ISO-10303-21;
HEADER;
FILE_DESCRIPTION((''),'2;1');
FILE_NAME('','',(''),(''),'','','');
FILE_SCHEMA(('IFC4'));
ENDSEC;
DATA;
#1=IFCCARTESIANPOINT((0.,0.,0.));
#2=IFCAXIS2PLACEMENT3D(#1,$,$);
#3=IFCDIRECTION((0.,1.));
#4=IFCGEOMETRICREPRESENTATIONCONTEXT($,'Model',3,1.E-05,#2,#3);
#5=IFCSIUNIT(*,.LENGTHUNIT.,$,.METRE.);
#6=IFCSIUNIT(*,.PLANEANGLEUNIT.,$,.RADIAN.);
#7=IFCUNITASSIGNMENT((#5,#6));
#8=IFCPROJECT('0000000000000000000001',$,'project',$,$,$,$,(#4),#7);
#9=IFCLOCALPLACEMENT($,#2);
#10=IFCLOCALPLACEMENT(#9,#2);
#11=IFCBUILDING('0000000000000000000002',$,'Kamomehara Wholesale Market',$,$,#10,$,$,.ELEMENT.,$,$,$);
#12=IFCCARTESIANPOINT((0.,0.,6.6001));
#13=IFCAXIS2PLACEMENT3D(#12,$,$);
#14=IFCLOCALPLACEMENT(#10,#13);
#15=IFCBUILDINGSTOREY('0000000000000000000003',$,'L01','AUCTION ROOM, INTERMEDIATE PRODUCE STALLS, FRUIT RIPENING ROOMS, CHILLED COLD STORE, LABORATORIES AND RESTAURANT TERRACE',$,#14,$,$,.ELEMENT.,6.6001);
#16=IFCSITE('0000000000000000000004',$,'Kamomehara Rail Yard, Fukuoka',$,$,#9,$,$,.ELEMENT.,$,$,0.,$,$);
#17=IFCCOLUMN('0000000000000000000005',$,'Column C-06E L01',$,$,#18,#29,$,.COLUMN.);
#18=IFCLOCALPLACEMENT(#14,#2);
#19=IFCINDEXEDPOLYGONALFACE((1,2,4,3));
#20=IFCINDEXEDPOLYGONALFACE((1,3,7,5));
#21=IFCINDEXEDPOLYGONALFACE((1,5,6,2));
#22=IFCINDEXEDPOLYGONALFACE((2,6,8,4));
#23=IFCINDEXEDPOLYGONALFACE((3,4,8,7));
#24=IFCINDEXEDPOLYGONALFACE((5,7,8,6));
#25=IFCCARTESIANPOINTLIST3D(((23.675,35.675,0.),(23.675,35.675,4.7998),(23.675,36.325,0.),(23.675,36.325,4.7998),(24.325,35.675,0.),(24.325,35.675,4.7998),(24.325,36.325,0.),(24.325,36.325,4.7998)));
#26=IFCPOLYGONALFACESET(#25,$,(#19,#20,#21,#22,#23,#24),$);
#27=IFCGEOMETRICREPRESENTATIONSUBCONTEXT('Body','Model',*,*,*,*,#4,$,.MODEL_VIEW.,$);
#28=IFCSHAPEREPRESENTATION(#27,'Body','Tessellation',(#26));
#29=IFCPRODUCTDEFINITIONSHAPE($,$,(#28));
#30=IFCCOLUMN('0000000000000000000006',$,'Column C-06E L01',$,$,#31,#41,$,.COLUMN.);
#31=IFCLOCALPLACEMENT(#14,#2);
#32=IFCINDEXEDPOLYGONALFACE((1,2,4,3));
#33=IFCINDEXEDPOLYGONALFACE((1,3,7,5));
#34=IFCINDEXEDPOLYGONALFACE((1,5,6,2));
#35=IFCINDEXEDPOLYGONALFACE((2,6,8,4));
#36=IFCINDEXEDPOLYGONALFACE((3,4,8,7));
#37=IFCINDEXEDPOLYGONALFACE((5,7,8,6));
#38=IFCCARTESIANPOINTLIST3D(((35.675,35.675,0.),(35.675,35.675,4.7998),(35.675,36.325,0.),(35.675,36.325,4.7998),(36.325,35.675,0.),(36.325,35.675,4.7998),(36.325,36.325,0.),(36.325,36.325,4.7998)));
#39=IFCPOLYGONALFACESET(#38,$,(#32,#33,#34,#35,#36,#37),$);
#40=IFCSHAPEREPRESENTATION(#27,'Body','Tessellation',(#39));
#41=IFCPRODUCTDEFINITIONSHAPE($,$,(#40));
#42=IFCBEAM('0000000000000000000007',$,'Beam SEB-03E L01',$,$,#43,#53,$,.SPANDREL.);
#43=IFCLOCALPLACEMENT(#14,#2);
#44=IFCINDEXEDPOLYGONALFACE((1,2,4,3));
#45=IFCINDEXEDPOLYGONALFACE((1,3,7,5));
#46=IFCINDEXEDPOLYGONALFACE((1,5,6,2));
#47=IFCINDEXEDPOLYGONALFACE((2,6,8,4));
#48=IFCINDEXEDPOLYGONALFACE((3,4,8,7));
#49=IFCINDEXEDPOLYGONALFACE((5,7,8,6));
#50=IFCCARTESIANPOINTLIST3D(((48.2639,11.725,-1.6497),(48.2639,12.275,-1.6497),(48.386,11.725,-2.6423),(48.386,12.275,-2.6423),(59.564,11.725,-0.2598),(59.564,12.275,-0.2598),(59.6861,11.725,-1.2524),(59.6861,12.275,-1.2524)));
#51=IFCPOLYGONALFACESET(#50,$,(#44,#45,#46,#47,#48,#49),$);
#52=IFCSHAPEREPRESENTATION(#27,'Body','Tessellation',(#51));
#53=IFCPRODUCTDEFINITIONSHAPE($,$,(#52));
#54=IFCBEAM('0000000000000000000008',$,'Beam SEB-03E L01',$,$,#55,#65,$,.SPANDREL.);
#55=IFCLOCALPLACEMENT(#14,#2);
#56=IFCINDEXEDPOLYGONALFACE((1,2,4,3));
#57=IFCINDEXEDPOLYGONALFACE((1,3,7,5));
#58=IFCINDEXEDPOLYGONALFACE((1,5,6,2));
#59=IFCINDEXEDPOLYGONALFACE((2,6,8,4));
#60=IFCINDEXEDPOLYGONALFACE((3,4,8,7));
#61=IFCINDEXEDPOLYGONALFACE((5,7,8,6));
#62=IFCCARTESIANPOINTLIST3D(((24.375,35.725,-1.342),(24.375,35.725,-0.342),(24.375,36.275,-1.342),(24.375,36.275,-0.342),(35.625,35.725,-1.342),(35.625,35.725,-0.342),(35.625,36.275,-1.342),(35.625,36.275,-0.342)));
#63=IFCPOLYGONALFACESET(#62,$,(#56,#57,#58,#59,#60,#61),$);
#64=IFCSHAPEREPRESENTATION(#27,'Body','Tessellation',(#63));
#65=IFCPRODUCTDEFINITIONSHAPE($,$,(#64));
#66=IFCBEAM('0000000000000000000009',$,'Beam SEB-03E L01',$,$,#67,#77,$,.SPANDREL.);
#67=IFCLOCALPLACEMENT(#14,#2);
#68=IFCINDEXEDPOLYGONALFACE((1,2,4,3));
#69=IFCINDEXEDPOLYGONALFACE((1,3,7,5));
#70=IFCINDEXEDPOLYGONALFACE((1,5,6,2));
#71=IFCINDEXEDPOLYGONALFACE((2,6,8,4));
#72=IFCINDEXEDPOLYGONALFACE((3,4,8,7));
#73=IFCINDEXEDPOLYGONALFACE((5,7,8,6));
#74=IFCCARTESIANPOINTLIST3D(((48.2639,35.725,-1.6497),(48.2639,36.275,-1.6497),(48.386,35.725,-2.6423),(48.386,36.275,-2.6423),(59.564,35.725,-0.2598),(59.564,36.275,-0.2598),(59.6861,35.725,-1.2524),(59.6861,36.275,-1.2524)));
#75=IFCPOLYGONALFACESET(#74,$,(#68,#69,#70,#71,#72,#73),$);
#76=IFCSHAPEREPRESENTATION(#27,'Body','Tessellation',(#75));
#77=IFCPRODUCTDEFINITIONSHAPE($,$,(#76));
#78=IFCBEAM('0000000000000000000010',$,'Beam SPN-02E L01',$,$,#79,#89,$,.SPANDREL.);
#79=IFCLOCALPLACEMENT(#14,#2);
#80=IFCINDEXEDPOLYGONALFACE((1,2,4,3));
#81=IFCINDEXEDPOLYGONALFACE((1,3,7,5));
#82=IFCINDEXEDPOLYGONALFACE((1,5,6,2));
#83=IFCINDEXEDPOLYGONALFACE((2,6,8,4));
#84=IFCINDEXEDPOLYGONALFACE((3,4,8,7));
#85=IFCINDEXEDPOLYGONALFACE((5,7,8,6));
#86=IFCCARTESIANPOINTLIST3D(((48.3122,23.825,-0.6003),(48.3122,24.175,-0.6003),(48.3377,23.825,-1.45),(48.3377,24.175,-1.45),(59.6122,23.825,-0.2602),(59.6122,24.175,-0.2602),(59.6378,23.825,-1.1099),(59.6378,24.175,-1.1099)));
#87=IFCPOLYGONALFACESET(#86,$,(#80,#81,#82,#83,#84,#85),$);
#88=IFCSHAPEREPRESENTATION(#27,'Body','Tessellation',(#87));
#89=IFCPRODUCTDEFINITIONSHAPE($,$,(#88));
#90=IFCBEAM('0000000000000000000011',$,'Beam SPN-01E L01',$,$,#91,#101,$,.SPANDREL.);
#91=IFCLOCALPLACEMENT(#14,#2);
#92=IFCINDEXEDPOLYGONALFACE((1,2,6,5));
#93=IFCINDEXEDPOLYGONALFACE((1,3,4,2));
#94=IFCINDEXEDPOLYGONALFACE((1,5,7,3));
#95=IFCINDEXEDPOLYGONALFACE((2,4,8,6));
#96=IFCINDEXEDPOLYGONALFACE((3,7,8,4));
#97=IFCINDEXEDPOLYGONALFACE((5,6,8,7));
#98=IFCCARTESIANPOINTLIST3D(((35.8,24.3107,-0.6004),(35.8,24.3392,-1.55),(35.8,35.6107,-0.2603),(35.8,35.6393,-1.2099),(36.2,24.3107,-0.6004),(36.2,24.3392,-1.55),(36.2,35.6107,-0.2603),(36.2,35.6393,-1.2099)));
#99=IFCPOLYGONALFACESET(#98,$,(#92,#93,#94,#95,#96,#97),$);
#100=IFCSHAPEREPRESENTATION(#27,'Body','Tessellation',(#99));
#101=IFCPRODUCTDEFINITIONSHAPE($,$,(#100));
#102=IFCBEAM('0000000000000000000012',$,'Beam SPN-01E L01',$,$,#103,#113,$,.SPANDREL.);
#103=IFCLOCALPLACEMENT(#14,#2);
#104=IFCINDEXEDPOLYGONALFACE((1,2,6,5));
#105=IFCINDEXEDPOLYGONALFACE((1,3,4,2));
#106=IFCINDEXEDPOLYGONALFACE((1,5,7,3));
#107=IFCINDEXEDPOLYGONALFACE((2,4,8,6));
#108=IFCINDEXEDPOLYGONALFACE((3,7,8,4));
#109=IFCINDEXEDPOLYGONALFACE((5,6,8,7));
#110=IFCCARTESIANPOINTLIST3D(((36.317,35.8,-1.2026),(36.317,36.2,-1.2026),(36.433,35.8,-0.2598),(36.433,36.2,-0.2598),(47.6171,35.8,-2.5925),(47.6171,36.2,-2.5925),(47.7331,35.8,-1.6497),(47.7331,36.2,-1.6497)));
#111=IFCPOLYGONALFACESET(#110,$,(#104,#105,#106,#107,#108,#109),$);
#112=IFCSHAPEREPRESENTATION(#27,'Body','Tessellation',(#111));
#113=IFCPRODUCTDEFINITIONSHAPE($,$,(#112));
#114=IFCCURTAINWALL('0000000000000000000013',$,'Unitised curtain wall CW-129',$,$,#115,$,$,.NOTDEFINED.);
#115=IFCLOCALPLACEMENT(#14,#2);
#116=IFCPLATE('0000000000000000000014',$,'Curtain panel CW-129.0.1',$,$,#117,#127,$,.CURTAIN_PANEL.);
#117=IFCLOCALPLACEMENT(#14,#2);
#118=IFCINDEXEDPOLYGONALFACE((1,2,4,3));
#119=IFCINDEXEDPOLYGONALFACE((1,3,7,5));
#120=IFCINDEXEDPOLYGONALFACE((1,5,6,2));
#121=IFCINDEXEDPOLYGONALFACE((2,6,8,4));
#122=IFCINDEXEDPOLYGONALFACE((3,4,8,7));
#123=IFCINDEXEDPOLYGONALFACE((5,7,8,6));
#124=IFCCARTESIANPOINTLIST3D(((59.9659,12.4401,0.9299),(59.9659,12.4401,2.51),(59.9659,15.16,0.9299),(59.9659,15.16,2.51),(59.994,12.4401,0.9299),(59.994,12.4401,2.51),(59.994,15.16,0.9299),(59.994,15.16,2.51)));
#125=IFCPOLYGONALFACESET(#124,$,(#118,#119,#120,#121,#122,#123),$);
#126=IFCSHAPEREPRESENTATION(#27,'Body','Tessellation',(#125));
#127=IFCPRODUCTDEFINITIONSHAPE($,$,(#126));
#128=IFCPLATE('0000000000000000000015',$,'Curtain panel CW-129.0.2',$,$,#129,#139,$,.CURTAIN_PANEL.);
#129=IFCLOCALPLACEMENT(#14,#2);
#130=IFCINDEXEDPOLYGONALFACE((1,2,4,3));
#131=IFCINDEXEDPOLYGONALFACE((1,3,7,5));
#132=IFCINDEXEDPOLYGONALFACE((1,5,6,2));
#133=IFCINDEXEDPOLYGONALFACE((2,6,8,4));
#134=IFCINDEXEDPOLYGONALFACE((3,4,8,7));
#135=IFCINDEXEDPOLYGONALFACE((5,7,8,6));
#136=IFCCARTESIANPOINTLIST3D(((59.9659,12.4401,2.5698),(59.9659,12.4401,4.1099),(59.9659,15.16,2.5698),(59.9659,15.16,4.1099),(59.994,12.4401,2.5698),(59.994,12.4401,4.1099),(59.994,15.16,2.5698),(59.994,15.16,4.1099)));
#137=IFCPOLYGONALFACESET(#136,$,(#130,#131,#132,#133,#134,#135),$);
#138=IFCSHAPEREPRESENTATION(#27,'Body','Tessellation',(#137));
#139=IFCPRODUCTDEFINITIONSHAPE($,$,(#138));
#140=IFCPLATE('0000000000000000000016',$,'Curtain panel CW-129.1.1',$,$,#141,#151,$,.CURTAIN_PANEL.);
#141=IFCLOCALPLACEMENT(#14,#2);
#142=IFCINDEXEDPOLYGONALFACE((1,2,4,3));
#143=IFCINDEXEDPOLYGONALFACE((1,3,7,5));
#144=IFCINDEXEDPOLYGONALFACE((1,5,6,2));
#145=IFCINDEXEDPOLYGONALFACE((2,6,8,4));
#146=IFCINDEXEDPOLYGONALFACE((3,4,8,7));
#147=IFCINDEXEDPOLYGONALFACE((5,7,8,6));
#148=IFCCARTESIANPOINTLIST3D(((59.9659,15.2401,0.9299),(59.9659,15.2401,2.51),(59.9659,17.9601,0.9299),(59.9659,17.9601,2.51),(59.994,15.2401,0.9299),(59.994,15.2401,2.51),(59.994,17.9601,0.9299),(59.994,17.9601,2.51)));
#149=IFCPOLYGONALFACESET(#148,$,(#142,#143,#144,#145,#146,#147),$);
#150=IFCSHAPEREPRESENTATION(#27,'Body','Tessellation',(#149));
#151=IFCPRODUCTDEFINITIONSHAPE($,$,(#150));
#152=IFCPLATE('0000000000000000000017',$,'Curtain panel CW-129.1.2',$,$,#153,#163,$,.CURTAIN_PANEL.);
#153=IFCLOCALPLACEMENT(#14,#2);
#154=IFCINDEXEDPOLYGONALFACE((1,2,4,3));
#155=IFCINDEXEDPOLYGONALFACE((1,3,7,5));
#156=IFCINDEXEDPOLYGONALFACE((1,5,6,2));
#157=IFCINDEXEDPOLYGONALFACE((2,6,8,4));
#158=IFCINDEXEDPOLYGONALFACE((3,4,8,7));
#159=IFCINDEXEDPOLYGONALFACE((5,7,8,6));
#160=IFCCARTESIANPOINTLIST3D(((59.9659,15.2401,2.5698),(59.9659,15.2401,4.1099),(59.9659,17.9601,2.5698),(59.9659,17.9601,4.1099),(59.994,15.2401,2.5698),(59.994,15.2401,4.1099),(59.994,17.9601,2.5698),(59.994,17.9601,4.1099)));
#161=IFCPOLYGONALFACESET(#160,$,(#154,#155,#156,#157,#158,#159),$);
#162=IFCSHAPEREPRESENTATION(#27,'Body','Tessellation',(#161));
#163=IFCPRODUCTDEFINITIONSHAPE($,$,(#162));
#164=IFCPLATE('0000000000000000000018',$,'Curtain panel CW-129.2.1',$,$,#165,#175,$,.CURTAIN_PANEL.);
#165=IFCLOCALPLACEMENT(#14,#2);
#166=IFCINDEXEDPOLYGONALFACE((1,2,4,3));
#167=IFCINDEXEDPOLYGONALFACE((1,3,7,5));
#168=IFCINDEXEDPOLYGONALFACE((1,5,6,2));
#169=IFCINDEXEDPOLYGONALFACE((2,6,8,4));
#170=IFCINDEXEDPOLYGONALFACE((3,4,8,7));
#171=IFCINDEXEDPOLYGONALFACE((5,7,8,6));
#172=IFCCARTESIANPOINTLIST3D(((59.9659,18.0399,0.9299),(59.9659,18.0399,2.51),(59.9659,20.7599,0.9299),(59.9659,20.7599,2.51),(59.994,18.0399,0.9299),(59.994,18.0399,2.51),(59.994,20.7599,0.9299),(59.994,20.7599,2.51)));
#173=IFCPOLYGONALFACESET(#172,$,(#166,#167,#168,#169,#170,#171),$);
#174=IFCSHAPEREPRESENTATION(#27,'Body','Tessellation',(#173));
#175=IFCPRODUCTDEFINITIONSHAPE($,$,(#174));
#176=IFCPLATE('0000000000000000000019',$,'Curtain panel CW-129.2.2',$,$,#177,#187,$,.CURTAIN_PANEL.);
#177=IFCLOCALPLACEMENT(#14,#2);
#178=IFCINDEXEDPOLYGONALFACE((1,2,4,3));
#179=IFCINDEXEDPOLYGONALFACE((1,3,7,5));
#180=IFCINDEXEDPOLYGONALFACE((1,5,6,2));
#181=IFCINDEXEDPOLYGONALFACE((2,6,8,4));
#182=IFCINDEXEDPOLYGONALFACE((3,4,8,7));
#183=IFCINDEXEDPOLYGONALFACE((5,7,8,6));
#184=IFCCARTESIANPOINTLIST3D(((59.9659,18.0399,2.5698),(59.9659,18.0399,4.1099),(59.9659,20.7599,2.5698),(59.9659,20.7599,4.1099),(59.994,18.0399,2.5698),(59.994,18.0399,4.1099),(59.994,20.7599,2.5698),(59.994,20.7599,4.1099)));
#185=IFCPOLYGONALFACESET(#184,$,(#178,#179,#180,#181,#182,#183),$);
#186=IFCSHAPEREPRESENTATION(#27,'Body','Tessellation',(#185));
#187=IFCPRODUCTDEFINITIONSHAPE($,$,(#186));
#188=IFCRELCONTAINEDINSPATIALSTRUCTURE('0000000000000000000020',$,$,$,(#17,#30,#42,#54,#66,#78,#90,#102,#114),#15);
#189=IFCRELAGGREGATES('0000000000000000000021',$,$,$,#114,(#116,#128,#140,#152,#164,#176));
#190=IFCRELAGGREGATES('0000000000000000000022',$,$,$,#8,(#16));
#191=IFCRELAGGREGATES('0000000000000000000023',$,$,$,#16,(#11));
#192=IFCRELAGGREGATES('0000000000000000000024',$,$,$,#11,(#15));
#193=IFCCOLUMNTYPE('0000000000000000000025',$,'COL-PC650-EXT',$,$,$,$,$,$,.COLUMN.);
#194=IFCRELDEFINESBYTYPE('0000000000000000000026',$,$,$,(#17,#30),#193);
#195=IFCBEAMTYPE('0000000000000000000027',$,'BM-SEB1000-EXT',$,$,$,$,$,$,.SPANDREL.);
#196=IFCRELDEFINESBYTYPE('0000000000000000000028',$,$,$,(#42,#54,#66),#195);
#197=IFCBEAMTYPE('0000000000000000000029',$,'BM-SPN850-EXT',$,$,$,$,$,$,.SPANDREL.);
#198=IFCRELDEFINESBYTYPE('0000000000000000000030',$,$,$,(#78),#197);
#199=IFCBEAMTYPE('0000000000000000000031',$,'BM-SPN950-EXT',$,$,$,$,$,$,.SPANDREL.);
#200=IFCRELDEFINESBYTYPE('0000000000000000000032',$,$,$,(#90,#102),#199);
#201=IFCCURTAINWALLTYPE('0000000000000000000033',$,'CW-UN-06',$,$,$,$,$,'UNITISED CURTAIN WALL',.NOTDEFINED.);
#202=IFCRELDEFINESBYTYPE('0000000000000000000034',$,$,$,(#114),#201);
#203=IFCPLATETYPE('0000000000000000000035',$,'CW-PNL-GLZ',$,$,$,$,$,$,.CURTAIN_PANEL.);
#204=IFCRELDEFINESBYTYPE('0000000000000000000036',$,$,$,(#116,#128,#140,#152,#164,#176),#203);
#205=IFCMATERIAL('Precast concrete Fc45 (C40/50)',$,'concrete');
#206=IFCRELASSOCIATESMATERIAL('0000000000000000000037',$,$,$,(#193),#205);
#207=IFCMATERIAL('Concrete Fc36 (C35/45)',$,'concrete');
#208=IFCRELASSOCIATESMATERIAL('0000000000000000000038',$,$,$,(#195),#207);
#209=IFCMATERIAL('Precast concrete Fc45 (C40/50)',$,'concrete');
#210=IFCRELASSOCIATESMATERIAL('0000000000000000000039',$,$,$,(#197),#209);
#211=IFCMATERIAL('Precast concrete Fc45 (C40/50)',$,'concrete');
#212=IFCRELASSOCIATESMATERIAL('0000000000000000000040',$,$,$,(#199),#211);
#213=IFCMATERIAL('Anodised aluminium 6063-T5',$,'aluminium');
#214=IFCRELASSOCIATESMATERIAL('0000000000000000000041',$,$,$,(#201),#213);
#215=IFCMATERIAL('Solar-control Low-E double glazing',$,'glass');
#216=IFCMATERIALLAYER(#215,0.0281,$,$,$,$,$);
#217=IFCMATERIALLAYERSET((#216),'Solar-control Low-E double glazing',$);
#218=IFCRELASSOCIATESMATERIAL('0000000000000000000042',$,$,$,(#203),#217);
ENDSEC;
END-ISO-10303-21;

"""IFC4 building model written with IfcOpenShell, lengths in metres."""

from ifc_helpers import new_model, si_unit, direction, frame, origin, origin_2d, place, context, subcontext, project, spatial, rectangle, extrude, material, layer, layer_set, material_profile, profile_set, type_object, element, aggregate, save


model = new_model("IFC4")

# Units and contexts
model_context = context("Model", 3, precision=1e-05, world=origin(), true_north=direction((0.0, 1.0)))
body_context = subcontext(model_context, "Body", "Model", "MODEL_VIEW")
ifc_project = project(units=[si_unit("LENGTHUNIT", "METRE"), si_unit("PLANEANGLEUNIT", "RADIAN")], contexts=[model_context])

# Site, building, storey
site_placement = place(None, origin())
site = spatial("IfcSite", under=ifc_project, at=site_placement, Name="Kamomehara Rail Yard, Fukuoka", CompositionType="ELEMENT", RefElevation=0.0)
building_placement = place(site_placement, origin())
building = spatial("IfcBuilding", under=site, at=building_placement, Name="Kamomehara Wholesale Market", CompositionType="ELEMENT")
storey_placement = place(building_placement, frame((0.0, 0.0, 6.6001)))
storey = spatial("IfcBuildingStorey", under=building, at=storey_placement, Name="L01", Description="AUCTION ROOM, INTERMEDIATE PRODUCE STALLS, FRUIT RIPENING ROOMS, CHILLED COLD STORE, LABORATORIES AND RESTAURANT TERRACE", CompositionType="ELEMENT", Elevation=6.6001)

# Columns
ifc_material_1 = material(Name="Precast concrete Fc45 (C40/50)", Category="concrete")
ifc_material_profile_1 = material_profile(ifc_material_1, rectangle(XDim=0.6499, YDim=0.6499, at=origin_2d()), Name="PC-COL-650x650")
ifc_profile_set_1 = profile_set([ifc_material_profile_1], Name="Precast concrete Fc45 (C40/50)")
column_type = type_object("IfcColumnType", Name="COL-PC650-EXT", PredefinedType="COLUMN", material=ifc_profile_set_1)
for number, where, z_axis, x_axis, name in (
    (1, (24.0, 36.0, 0.0), (0.0, 0.0, 1.0), (1.0, 0.0, 0.0), "Column C-06E L01"),
    (2, (36.0, 36.0, 0.0), (0.0, 0.0, 1.0), (1.0, 0.0, 0.0), "Column C-06E L01"),
):
    element("IfcColumn", number, at=place(storey_placement, frame(where, z_axis=z_axis, x_axis=x_axis)), inside=storey, type_object=column_type, Name=name, PredefinedType="COLUMN", context=body_context, shape_type="SweptSolid", body=[
        extrude(rectangle(XDim=0.6499, YDim=0.6499, at=origin_2d()), origin(), (0.0, 0.0, 1.0), 4.7998),
    ])

# Beams
ifc_material_2 = material(Name="Concrete Fc36 (C35/45)", Category="concrete")
ifc_material_profile_2 = material_profile(ifc_material_2, rectangle(XDim=0.55, YDim=1.0, at=origin_2d()), Name="RC-SEB-550x1000")
ifc_profile_set_2 = profile_set([ifc_material_profile_2], Name="Concrete Fc36 (C35/45)")
beam_type_1 = type_object("IfcBeamType", Name="BM-SEB1000-EXT", PredefinedType="SPANDREL", material=ifc_profile_set_2)
beam_1_placement = place(storey_placement, frame((48.325, 12.0, -2.146), z_axis=(0.99252, 0.0, 0.122079), x_axis=(0.0, 1.0, 0.0)))
element("IfcBeam", 3, at=beam_1_placement, inside=storey, type_object=beam_type_1, Name="Beam SEB-03E L01", PredefinedType="SPANDREL", context=body_context, shape_type="SweptSolid", body=[
    extrude(rectangle(XDim=0.55, YDim=1.0, at=origin_2d()), origin(), (0.0, 0.0, 1.0), 11.3853),
])
beam_2_placement = place(storey_placement, frame((24.375, 36.0, -0.842), z_axis=(1.0, 0.0, 0.0), x_axis=(0.0, 1.0, 0.0)))
element("IfcBeam", 4, at=beam_2_placement, inside=storey, type_object=beam_type_1, Name="Beam SEB-03E L01", PredefinedType="SPANDREL", context=body_context, shape_type="SweptSolid", body=[
    extrude(rectangle(XDim=0.55, YDim=1.0, at=origin_2d()), origin(), (0.0, 0.0, 1.0), 11.25),
])
beam_3_placement = place(storey_placement, frame((48.325, 36.0, -2.146), z_axis=(0.99252, 0.0, 0.122079), x_axis=(0.0, 1.0, 0.0)))
element("IfcBeam", 5, at=beam_3_placement, inside=storey, type_object=beam_type_1, Name="Beam SEB-03E L01", PredefinedType="SPANDREL", context=body_context, shape_type="SweptSolid", body=[
    extrude(rectangle(XDim=0.55, YDim=1.0, at=origin_2d()), origin(), (0.0, 0.0, 1.0), 11.3853),
])
ifc_material_3 = material(Name="Precast concrete Fc45 (C40/50)", Category="concrete")
ifc_material_profile_3 = material_profile(ifc_material_3, rectangle(XDim=0.3501, YDim=0.8501, at=origin_2d()), Name="PC-SPN-350x850")
ifc_profile_set_3 = profile_set([ifc_material_profile_3], Name="Precast concrete Fc45 (C40/50)")
beam_type_2 = type_object("IfcBeamType", Name="BM-SPN850-EXT", PredefinedType="SPANDREL", material=ifc_profile_set_3)
beam_4_placement = place(storey_placement, frame((48.325, 24.0, -1.0251), z_axis=(0.999547, 0.0, 0.030083), x_axis=(0.0, 1.0, 0.0)))
element("IfcBeam", 6, at=beam_4_placement, inside=storey, type_object=beam_type_2, Name="Beam SPN-02E L01", PredefinedType="SPANDREL", context=body_context, shape_type="SweptSolid", body=[
    extrude(rectangle(XDim=0.3501, YDim=0.8501, at=origin_2d()), origin(), (0.0, 0.0, 1.0), 11.3052),
])
ifc_material_4 = material(Name="Precast concrete Fc45 (C40/50)", Category="concrete")
ifc_material_profile_4 = material_profile(ifc_material_4, rectangle(XDim=0.3999, YDim=0.95, at=origin_2d()), Name="PC-SPN-400x950")
ifc_profile_set_4 = profile_set([ifc_material_profile_4], Name="Precast concrete Fc45 (C40/50)")
beam_type_3 = type_object("IfcBeamType", Name="BM-SPN950-EXT", PredefinedType="SPANDREL", material=ifc_profile_set_4)
beam_5_placement = place(storey_placement, frame((36.0, 24.325, -1.0752), z_axis=(0.0, 0.999547, 0.030083), x_axis=(-1.0, 0.0, 0.0)))
element("IfcBeam", 7, at=beam_5_placement, inside=storey, type_object=beam_type_3, Name="Beam SPN-01E L01", PredefinedType="SPANDREL", context=body_context, shape_type="SweptSolid", body=[
    extrude(rectangle(XDim=0.3999, YDim=0.95, at=origin_2d()), origin(), (0.0, 0.0, 1.0), 11.3052),
])
beam_6_placement = place(storey_placement, frame((36.375, 36.0, -0.7312), z_axis=(0.99252, 0.0, -0.122079), x_axis=(0.0, 1.0, 0.0)))
element("IfcBeam", 8, at=beam_6_placement, inside=storey, type_object=beam_type_3, Name="Beam SPN-01E L01", PredefinedType="SPANDREL", context=body_context, shape_type="SweptSolid", body=[
    extrude(rectangle(XDim=0.3999, YDim=0.95, at=origin_2d()), origin(), (0.0, 0.0, 1.0), 11.3853),
])

# Curtain wall, plates
ifc_material_5 = material(Name="Anodised aluminium 6063-T5", Category="aluminium")
curtain_wall_type = type_object("IfcCurtainWallType", Name="CW-UN-06", ElementType="UNITISED CURTAIN WALL", PredefinedType="NOTDEFINED", material=ifc_material_5)
curtain_wall_1_placement = place(storey_placement, origin())
curtain_wall_1 = element("IfcCurtainWall", 9, at=curtain_wall_1_placement, inside=storey, type_object=curtain_wall_type, Name="Unitised curtain wall CW-129", PredefinedType="NOTDEFINED")
ifc_material_6 = material(Name="Solar-control Low-E double glazing", Category="glass")
ifc_layer_1 = layer(ifc_material_6, 0.0281)
ifc_layer_set_1 = layer_set([ifc_layer_1], Name="Solar-control Low-E double glazing")
plate_type_1 = type_object("IfcPlateType", Name="CW-PNL-GLZ", PredefinedType="CURTAIN_PANEL", material=ifc_layer_set_1)
plate_1_placement = place(storey_placement, frame((59.98, 13.8, 0.9299), z_axis=(0.0, 0.0, 1.0), x_axis=(0.0, 1.0, 0.0)))
plate_1 = element("IfcPlate", 10, at=plate_1_placement, type_object=plate_type_1, Name="Curtain panel CW-129.0.1", PredefinedType="CURTAIN_PANEL", context=body_context, shape_type="SweptSolid", body=[
    extrude(rectangle(XDim=2.72, YDim=0.0281, at=origin_2d()), origin(), (0.0, 0.0, 1.0), 1.5801),
])
plate_2_placement = place(storey_placement, frame((59.98, 13.8, 2.5698), z_axis=(0.0, 0.0, 1.0), x_axis=(0.0, 1.0, 0.0)))
plate_2 = element("IfcPlate", 11, at=plate_2_placement, type_object=plate_type_1, Name="Curtain panel CW-129.0.2", PredefinedType="CURTAIN_PANEL", context=body_context, shape_type="SweptSolid", body=[
    extrude(rectangle(XDim=2.72, YDim=0.0281, at=origin_2d()), origin(), (0.0, 0.0, 1.0), 1.54),
])
plate_3_placement = place(storey_placement, frame((59.98, 16.6001, 0.9299), z_axis=(0.0, 0.0, 1.0), x_axis=(0.0, 1.0, 0.0)))
plate_3 = element("IfcPlate", 12, at=plate_3_placement, type_object=plate_type_1, Name="Curtain panel CW-129.1.1", PredefinedType="CURTAIN_PANEL", context=body_context, shape_type="SweptSolid", body=[
    extrude(rectangle(XDim=2.72, YDim=0.0281, at=origin_2d()), origin(), (0.0, 0.0, 1.0), 1.5801),
])
plate_4_placement = place(storey_placement, frame((59.98, 16.6001, 2.5698), z_axis=(0.0, 0.0, 1.0), x_axis=(0.0, 1.0, 0.0)))
plate_4 = element("IfcPlate", 13, at=plate_4_placement, type_object=plate_type_1, Name="Curtain panel CW-129.1.2", PredefinedType="CURTAIN_PANEL", context=body_context, shape_type="SweptSolid", body=[
    extrude(rectangle(XDim=2.72, YDim=0.0281, at=origin_2d()), origin(), (0.0, 0.0, 1.0), 1.54),
])
plate_5_placement = place(storey_placement, frame((59.98, 19.3999, 0.9299), z_axis=(0.0, 0.0, 1.0), x_axis=(0.0, 1.0, 0.0)))
plate_5 = element("IfcPlate", 14, at=plate_5_placement, type_object=plate_type_1, Name="Curtain panel CW-129.2.1", PredefinedType="CURTAIN_PANEL", context=body_context, shape_type="SweptSolid", body=[
    extrude(rectangle(XDim=2.72, YDim=0.0281, at=origin_2d()), origin(), (0.0, 0.0, 1.0), 1.5801),
])
plate_6_placement = place(storey_placement, frame((59.98, 19.3999, 2.5698), z_axis=(0.0, 0.0, 1.0), x_axis=(0.0, 1.0, 0.0)))
plate_6 = element("IfcPlate", 15, at=plate_6_placement, type_object=plate_type_1, Name="Curtain panel CW-129.2.2", PredefinedType="CURTAIN_PANEL", context=body_context, shape_type="SweptSolid", body=[
    extrude(rectangle(XDim=2.72, YDim=0.0281, at=origin_2d()), origin(), (0.0, 0.0, 1.0), 1.54),
])

aggregate(curtain_wall_1, [plate_1, plate_2, plate_3, plate_4, plate_5, plate_6])

save(model, "model.ifc")
